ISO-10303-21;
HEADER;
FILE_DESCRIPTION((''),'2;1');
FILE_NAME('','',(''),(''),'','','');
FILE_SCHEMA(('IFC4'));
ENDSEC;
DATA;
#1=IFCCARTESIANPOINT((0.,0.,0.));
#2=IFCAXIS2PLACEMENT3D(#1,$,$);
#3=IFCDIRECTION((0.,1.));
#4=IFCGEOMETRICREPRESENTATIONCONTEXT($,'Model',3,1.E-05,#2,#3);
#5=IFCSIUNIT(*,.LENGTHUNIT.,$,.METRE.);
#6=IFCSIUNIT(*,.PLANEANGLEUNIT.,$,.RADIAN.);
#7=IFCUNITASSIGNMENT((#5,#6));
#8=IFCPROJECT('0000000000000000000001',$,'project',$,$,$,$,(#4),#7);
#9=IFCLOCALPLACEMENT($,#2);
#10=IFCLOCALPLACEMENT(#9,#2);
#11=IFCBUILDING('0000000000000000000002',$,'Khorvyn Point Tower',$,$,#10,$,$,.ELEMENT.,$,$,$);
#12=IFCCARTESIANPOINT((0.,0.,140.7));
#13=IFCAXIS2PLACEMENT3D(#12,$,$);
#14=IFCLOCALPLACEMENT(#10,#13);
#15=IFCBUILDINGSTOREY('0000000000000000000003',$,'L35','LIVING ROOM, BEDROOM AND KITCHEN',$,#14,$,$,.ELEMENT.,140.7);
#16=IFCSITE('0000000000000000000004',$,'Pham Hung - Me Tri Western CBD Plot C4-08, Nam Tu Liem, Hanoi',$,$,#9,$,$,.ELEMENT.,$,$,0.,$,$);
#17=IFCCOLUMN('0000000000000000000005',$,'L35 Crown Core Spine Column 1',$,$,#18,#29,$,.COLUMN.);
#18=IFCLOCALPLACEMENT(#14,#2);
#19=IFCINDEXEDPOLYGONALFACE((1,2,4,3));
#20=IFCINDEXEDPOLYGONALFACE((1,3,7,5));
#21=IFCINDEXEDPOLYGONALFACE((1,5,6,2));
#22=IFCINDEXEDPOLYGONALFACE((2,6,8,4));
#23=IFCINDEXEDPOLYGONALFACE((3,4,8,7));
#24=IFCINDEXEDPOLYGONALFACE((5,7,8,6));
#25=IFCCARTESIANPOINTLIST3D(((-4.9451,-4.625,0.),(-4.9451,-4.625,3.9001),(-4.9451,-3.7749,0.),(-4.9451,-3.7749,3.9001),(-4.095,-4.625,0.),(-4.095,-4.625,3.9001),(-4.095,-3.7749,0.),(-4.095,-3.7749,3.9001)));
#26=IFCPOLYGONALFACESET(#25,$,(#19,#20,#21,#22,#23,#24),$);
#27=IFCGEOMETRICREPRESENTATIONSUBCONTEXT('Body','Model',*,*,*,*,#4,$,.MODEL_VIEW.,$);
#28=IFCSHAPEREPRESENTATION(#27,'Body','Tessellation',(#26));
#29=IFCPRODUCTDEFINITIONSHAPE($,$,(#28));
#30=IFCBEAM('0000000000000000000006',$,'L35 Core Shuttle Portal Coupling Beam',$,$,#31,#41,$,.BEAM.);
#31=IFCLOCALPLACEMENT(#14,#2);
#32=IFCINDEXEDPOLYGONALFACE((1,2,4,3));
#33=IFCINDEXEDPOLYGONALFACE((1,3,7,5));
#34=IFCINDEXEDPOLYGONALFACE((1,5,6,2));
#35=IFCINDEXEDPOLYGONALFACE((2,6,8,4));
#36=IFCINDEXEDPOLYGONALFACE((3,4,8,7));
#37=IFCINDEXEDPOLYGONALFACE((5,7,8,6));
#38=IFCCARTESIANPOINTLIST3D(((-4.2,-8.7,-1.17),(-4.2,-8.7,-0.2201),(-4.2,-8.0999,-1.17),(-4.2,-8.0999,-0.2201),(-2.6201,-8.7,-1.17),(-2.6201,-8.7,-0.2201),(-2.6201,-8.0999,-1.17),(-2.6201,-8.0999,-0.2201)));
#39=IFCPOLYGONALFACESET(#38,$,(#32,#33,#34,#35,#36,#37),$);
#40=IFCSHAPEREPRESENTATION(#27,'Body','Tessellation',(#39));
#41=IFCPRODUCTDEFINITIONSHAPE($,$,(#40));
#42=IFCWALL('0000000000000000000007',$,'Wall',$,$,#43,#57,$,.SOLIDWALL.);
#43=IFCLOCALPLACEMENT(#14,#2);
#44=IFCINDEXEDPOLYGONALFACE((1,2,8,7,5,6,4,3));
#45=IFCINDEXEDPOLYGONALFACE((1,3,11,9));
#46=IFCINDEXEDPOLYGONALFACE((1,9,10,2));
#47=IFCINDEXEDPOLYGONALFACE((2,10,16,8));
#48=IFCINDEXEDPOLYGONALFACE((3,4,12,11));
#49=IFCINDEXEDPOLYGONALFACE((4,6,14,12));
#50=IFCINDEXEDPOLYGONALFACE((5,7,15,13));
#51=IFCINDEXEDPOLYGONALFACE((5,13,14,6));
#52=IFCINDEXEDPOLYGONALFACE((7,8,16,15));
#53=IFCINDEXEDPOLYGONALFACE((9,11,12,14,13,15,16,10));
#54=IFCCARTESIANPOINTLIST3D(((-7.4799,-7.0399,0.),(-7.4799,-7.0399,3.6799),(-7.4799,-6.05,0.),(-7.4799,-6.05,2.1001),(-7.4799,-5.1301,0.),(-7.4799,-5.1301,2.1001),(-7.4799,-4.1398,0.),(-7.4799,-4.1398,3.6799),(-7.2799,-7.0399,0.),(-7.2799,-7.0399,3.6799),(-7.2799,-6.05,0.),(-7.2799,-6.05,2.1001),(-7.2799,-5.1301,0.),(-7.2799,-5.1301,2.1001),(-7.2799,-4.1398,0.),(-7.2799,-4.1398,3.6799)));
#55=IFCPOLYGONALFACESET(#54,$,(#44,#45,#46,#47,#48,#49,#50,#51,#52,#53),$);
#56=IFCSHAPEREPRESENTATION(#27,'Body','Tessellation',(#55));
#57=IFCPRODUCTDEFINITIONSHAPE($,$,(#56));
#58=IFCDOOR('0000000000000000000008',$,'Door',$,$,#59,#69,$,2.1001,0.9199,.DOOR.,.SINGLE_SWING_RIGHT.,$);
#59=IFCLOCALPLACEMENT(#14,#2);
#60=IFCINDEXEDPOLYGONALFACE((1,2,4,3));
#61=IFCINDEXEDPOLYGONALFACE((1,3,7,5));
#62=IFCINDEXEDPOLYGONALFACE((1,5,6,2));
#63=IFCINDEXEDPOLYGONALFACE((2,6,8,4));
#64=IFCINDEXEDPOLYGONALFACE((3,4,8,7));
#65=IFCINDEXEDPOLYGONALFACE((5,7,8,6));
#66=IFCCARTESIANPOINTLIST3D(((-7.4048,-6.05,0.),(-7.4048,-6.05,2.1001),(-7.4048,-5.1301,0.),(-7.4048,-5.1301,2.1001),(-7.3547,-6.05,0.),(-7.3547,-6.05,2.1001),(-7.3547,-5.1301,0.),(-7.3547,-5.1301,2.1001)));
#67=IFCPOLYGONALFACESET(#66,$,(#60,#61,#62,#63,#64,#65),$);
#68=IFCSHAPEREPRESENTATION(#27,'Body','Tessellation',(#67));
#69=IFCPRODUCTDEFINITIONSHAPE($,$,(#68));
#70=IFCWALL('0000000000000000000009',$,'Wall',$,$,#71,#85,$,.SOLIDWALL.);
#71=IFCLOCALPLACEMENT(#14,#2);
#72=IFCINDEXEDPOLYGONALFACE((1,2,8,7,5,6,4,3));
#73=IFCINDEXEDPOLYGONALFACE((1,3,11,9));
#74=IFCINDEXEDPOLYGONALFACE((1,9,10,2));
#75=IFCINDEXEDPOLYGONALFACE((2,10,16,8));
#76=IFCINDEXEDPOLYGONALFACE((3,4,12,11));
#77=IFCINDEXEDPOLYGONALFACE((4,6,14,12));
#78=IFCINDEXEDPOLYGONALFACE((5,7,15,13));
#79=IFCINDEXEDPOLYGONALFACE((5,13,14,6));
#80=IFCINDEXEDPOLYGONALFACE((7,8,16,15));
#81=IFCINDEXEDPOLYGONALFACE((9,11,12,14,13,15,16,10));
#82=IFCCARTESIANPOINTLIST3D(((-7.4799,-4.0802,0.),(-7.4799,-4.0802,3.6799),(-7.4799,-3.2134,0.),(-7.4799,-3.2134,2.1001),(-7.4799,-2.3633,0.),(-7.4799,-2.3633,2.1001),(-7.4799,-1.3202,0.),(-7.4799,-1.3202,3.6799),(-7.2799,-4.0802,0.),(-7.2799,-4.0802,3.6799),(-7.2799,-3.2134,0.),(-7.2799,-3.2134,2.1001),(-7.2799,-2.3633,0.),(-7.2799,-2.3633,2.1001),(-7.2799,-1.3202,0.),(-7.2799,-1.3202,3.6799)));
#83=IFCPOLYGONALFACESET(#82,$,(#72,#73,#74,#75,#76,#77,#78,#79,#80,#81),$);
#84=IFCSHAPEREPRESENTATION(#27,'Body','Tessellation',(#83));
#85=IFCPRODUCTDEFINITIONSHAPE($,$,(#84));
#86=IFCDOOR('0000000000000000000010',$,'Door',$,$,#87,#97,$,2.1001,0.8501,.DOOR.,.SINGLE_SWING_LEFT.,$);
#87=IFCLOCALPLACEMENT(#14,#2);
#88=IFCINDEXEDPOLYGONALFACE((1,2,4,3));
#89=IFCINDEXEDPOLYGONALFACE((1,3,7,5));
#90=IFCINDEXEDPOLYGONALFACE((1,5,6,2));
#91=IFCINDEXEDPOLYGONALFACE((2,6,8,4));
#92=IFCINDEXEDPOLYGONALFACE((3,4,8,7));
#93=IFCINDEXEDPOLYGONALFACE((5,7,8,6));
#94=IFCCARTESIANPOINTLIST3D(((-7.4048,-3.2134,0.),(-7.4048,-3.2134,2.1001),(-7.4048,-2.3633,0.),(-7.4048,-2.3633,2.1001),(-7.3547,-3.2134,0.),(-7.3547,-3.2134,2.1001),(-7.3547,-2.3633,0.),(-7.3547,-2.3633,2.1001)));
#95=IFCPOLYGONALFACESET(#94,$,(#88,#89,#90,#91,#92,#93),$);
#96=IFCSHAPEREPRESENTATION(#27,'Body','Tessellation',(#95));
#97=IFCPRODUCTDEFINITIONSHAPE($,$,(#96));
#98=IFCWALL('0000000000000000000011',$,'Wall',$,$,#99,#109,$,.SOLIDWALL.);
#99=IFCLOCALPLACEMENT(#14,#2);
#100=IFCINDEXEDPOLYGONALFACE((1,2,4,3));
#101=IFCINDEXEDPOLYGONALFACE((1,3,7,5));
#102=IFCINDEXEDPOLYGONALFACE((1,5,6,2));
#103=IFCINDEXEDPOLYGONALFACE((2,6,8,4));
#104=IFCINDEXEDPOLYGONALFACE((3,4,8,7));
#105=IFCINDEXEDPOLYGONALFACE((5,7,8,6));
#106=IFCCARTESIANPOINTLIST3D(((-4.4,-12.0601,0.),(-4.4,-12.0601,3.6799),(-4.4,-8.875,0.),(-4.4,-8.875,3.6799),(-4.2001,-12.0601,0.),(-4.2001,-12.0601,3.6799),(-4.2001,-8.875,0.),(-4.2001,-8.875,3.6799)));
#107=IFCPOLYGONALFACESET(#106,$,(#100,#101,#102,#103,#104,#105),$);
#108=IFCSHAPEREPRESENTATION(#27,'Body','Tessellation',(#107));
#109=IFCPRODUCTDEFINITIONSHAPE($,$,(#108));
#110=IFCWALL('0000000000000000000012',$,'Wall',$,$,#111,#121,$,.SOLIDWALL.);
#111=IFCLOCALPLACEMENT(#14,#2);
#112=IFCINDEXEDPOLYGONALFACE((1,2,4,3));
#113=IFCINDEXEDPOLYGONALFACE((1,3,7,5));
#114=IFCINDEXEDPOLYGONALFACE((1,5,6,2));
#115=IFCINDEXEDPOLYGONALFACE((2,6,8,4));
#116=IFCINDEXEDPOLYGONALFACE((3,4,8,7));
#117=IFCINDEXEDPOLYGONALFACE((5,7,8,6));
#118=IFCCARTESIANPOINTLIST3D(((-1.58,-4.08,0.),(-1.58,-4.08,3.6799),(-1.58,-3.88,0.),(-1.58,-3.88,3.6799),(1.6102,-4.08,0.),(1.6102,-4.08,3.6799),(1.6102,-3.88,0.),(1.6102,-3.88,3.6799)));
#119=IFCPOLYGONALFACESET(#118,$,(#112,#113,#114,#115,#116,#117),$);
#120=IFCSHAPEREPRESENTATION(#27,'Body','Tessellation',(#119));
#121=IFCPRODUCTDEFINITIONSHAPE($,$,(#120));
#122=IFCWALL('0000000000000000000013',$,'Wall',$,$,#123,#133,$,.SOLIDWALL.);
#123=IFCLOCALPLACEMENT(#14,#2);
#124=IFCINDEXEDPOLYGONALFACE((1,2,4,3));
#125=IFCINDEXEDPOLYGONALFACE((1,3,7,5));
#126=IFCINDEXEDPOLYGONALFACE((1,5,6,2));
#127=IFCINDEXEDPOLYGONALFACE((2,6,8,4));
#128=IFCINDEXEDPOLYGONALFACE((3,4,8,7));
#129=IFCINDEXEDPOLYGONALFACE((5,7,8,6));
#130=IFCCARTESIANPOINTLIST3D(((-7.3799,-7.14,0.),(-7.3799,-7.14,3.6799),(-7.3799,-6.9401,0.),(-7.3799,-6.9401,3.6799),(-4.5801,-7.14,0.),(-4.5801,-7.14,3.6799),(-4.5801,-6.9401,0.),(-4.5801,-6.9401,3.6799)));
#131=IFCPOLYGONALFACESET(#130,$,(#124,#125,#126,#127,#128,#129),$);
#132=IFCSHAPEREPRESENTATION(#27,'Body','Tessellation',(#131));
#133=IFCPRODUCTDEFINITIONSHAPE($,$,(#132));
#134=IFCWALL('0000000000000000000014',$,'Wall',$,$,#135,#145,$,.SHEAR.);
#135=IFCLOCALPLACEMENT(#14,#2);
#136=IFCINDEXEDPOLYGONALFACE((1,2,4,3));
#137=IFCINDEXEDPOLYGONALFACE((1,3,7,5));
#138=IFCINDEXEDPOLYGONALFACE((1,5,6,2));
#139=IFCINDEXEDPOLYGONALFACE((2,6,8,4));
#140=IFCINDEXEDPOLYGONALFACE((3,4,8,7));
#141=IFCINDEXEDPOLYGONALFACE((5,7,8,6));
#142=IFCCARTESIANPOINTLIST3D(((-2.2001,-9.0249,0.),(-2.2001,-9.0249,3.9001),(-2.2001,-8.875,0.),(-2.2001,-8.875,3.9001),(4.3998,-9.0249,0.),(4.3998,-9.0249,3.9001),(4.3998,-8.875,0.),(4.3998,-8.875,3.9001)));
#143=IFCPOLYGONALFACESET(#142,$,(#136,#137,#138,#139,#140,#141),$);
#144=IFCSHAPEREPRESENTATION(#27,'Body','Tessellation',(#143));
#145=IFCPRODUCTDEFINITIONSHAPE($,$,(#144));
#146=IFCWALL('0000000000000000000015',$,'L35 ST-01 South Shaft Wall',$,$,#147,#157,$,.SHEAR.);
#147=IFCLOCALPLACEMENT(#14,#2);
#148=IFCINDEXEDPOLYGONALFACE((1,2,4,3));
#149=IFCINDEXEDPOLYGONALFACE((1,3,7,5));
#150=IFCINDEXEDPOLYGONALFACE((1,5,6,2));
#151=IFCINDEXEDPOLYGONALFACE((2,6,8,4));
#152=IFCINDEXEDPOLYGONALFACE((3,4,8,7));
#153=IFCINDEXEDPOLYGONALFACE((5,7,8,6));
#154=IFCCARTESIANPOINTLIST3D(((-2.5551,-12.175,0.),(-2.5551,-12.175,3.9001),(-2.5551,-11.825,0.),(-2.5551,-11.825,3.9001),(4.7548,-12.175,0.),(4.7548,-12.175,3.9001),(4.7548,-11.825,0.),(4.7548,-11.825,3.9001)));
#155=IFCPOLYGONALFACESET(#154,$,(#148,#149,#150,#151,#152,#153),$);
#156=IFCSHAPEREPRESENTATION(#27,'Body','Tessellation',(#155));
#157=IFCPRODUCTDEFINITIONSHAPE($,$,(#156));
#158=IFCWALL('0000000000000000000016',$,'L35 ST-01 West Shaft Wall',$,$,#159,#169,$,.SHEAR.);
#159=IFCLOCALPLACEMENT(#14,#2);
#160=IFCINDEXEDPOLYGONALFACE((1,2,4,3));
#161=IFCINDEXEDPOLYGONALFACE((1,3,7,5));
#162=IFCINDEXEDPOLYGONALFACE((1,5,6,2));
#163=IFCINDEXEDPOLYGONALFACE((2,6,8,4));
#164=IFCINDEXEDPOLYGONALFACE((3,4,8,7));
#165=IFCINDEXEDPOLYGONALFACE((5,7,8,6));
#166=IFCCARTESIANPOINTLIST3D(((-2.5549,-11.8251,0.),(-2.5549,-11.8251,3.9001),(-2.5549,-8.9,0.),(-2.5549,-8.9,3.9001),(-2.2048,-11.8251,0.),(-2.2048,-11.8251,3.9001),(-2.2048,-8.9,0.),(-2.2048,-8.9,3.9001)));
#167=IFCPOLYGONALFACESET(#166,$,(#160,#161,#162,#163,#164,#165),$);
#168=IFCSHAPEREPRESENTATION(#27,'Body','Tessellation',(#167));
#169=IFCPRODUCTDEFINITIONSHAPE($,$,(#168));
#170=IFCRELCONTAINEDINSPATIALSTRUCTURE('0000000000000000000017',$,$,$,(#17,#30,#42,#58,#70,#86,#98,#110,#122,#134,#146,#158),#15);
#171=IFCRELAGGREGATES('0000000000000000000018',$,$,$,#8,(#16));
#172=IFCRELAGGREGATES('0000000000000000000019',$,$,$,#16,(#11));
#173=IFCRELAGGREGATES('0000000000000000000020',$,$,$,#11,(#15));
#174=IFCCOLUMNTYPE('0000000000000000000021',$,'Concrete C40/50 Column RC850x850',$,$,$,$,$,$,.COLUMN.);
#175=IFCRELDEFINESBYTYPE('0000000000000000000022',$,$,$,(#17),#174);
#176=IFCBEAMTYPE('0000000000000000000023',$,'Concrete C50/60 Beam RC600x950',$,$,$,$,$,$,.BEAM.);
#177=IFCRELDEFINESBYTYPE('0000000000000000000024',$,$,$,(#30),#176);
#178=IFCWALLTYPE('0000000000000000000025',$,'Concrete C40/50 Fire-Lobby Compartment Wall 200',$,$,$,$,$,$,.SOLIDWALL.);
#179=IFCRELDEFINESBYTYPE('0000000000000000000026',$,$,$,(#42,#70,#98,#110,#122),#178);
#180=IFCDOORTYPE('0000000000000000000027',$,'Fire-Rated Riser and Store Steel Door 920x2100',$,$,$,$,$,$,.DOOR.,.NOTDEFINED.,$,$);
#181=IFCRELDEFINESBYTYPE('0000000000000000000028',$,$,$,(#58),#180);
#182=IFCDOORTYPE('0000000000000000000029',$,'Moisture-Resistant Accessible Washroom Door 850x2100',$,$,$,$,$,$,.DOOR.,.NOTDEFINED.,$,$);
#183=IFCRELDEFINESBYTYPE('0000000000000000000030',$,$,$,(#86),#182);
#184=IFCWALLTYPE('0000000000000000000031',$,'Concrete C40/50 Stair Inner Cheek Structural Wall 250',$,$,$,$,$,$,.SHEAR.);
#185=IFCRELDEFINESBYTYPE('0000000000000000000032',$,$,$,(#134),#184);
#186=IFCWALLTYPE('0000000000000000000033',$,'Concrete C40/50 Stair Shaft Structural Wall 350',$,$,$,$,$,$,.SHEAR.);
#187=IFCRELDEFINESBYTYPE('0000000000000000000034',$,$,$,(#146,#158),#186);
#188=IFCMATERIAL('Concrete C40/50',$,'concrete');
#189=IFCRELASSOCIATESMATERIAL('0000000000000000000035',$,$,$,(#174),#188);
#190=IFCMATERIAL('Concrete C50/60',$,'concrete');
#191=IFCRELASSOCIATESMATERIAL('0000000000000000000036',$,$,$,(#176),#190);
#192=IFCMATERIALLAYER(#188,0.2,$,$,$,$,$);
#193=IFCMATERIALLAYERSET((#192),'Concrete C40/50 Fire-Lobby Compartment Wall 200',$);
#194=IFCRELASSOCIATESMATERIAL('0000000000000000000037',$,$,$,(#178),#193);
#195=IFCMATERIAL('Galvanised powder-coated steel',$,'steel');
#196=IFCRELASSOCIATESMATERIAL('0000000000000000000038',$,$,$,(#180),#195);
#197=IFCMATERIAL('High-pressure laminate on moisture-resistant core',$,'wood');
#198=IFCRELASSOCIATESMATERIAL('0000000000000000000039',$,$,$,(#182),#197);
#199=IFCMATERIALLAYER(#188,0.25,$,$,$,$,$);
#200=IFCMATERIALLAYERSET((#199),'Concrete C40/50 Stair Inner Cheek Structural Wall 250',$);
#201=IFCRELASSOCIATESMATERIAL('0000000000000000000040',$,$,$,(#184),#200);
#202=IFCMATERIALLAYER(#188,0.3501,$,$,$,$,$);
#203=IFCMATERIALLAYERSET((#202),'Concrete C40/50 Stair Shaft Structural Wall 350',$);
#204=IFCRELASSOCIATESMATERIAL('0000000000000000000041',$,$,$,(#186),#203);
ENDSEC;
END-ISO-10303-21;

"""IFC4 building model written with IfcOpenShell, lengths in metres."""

from ifc_helpers import new_model, si_unit, direction, frame, frame_2d, origin, origin_2d, place, context, subcontext, project, spatial, rectangle, extrude, material, layer, layer_set, material_profile, profile_set, type_object, element, fill, save


model = new_model("IFC4")

# Units and contexts
model_context = context("Model", 3, precision=1e-05, world=origin(), true_north=direction((0.0, 1.0)))
body_context = subcontext(model_context, "Body", "Model", "MODEL_VIEW")
ifc_project = project(units=[si_unit("LENGTHUNIT", "METRE"), si_unit("PLANEANGLEUNIT", "RADIAN")], contexts=[model_context])

# Site, building, storey
site_placement = place(None, origin())
site = spatial("IfcSite", under=ifc_project, at=site_placement, Name="Pham Hung - Me Tri Western CBD Plot C4-08, Nam Tu Liem, Hanoi", CompositionType="ELEMENT", RefElevation=0.0)
building_placement = place(site_placement, origin())
building = spatial("IfcBuilding", under=site, at=building_placement, Name="Khorvyn Point Tower", CompositionType="ELEMENT")
storey_placement = place(building_placement, frame((0.0, 0.0, 140.7)))
storey = spatial("IfcBuildingStorey", under=building, at=storey_placement, Name="L35", Description="LIVING ROOM, BEDROOM AND KITCHEN", CompositionType="ELEMENT", Elevation=140.7)

# Column
ifc_material_1 = material(Name="Concrete C40/50", Category="concrete")
ifc_material_profile_1 = material_profile(ifc_material_1, rectangle(XDim=0.8501, YDim=0.8501, at=origin_2d()))
ifc_profile_set_1 = profile_set([ifc_material_profile_1], Name="Concrete C40/50 RC850x850")
column_type = type_object("IfcColumnType", Name="Concrete C40/50 Column RC850x850", PredefinedType="COLUMN", material=ifc_profile_set_1)
column_placement = place(storey_placement, frame((-4.52, -4.2, 0.0), z_axis=(0.0, 0.0, 1.0), x_axis=(1.0, 0.0, 0.0)))
element("IfcColumn", 1, at=column_placement, inside=storey, type_object=column_type, Name="L35 Crown Core Spine Column 1", PredefinedType="COLUMN", context=body_context, shape_type="SweptSolid", body=[
    extrude(rectangle(XDim=0.8501, YDim=0.8501, at=origin_2d()), origin(), (0.0, 0.0, 1.0), 3.9001),
])

# Beam
ifc_material_2 = material(Name="Concrete C50/60", Category="concrete")
ifc_material_profile_2 = material_profile(ifc_material_2, rectangle(XDim=0.6001, YDim=0.95, at=origin_2d()))
ifc_profile_set_2 = profile_set([ifc_material_profile_2], Name="Concrete C50/60 RC600x950")
beam_type = type_object("IfcBeamType", Name="Concrete C50/60 Beam RC600x950", PredefinedType="BEAM", material=ifc_profile_set_2)
beam_placement = place(storey_placement, frame((-4.2, -8.3999, -0.6951), z_axis=(1.0, 0.0, 0.0), x_axis=(0.0, 1.0, 0.0)))
element("IfcBeam", 2, at=beam_placement, inside=storey, type_object=beam_type, Name="L35 Core Shuttle Portal Coupling Beam", PredefinedType="BEAM", context=body_context, shape_type="SweptSolid", body=[
    extrude(rectangle(XDim=0.6001, YDim=0.95, at=origin_2d()), origin(), (0.0, 0.0, 1.0), 1.5798),
])

# Walls, openings, doors
ifc_layer_1 = layer(ifc_material_1, 0.2)
ifc_layer_set_1 = layer_set([ifc_layer_1], Name="Concrete C40/50 Fire-Lobby Compartment Wall 200")
wall_type_1 = type_object("IfcWallType", Name="Concrete C40/50 Fire-Lobby Compartment Wall 200", PredefinedType="SOLIDWALL", material=ifc_layer_set_1)
ifc_material_3 = material(Name="Galvanised powder-coated steel", Category="steel")
wall_1_placement = place(storey_placement, frame((-7.3799, -7.04, 0.0), z_axis=(0.0, 0.0, 1.0), x_axis=(0.0, 1.0, 0.0)))
wall_1 = element("IfcWall", 3, at=wall_1_placement, inside=storey, type_object=wall_type_1, Name="Wall", PredefinedType="SOLIDWALL", context=body_context, shape_type="SweptSolid", body=[
    extrude(rectangle(XDim=2.9001, YDim=0.2, at=frame_2d((1.4502, 0.0))), origin(), (0.0, 0.0, 1.0), 3.6799),
])
opening_1_placement = place(wall_1_placement, frame((0.99, 0.0, 0.0)))
opening_1 = element("IfcOpeningElement", 4, at=opening_1_placement, cuts=wall_1, PredefinedType="OPENING", context=body_context, shape_type="SweptSolid", body=[
    extrude(rectangle(XDim=0.9199, YDim=2.1001, at=frame_2d((0.46, 1.05))), frame((0.0, 0.1099, 0.0), z_axis=(0.0, -1.0, 0.0), x_axis=(1.0, 0.0, 0.0)), (0.0, 0.0, 1.0), 0.22),
])
door_type_1 = type_object("IfcDoorType", Name="Fire-Rated Riser and Store Steel Door 920x2100", OperationType="NOTDEFINED", PredefinedType="DOOR", material=ifc_material_3)
door_1_placement = place(opening_1_placement, origin())
door_1 = element("IfcDoor", 5, at=door_1_placement, inside=storey, type_object=door_type_1, Name="Door", OperationType="SINGLE_SWING_RIGHT", OverallHeight=2.1001, OverallWidth=0.9199, PredefinedType="DOOR", context=body_context, shape_type="SweptSolid", body=[
    extrude(rectangle(XDim=0.9199, YDim=2.1001, at=frame_2d((0.46, 1.05))), frame((0.0, 0.0249, 0.0), z_axis=(0.0, -1.0, 0.0), x_axis=(1.0, 0.0, 0.0)), (0.0, 0.0, 1.0), 0.05),
])
fill(opening_1, door_1)
wall_2_placement = place(storey_placement, frame((-7.3799, -4.0801, 0.0), z_axis=(0.0, 0.0, 1.0), x_axis=(0.0, 1.0, 0.0)))
wall_2 = element("IfcWall", 6, at=wall_2_placement, inside=storey, type_object=wall_type_1, Name="Wall", PredefinedType="SOLIDWALL", context=body_context, shape_type="SweptSolid", body=[
    extrude(rectangle(XDim=2.76, YDim=0.2, at=frame_2d((1.3799, 0.0))), origin(), (0.0, 0.0, 1.0), 3.6799),
])
opening_2_placement = place(wall_2_placement, frame((0.8667, 0.0, 0.0)))
opening_2 = element("IfcOpeningElement", 7, at=opening_2_placement, cuts=wall_2, PredefinedType="OPENING", context=body_context, shape_type="SweptSolid", body=[
    extrude(rectangle(XDim=0.8501, YDim=2.1001, at=frame_2d((0.425, 1.05))), frame((0.0, 0.1099, 0.0), z_axis=(0.0, -1.0, 0.0), x_axis=(1.0, 0.0, 0.0)), (0.0, 0.0, 1.0), 0.22),
])
ifc_material_4 = material(Name="High-pressure laminate on moisture-resistant core", Category="wood")
door_type_2 = type_object("IfcDoorType", Name="Moisture-Resistant Accessible Washroom Door 850x2100", OperationType="NOTDEFINED", PredefinedType="DOOR", material=ifc_material_4)
door_2_placement = place(opening_2_placement, origin())
door_2 = element("IfcDoor", 8, at=door_2_placement, inside=storey, type_object=door_type_2, Name="Door", OperationType="SINGLE_SWING_LEFT", OverallHeight=2.1001, OverallWidth=0.8501, PredefinedType="DOOR", context=body_context, shape_type="SweptSolid", body=[
    extrude(rectangle(XDim=0.8501, YDim=2.1001, at=frame_2d((0.425, 1.05))), frame((0.0, 0.0249, 0.0), z_axis=(0.0, -1.0, 0.0), x_axis=(1.0, 0.0, 0.0)), (0.0, 0.0, 1.0), 0.05),
])
fill(opening_2, door_2)

# Walls
wall_3_placement = place(storey_placement, frame((-4.3, -12.0601, 0.0), z_axis=(0.0, 0.0, 1.0), x_axis=(0.0, 1.0, 0.0)))
element("IfcWall", 9, at=wall_3_placement, inside=storey, type_object=wall_type_1, Name="Wall", PredefinedType="SOLIDWALL", context=body_context, shape_type="SweptSolid", body=[
    extrude(rectangle(XDim=3.1851, YDim=0.2, at=frame_2d((1.5925, 0.0))), origin(), (0.0, 0.0, 1.0), 3.6799),
])
wall_4_placement = place(storey_placement, frame((-1.5801, -3.98, 0.0), z_axis=(0.0, 0.0, 1.0), x_axis=(1.0, 0.0, 0.0)))
element("IfcWall", 10, at=wall_4_placement, inside=storey, type_object=wall_type_1, Name="Wall", PredefinedType="SOLIDWALL", context=body_context, shape_type="SweptSolid", body=[
    extrude(rectangle(XDim=3.1902, YDim=0.2, at=frame_2d((1.5952, 0.0))), origin(), (0.0, 0.0, 1.0), 3.6799),
])
wall_5_placement = place(storey_placement, frame((-7.3799, -7.04, 0.0), z_axis=(0.0, 0.0, 1.0), x_axis=(1.0, 0.0, 0.0)))
element("IfcWall", 11, at=wall_5_placement, inside=storey, type_object=wall_type_1, Name="Wall", PredefinedType="SOLIDWALL", context=body_context, shape_type="SweptSolid", body=[
    extrude(rectangle(XDim=2.7998, YDim=0.2, at=frame_2d((1.3999, 0.0))), origin(), (0.0, 0.0, 1.0), 3.6799),
])
ifc_layer_2 = layer(ifc_material_1, 0.25)
ifc_layer_set_2 = layer_set([ifc_layer_2], Name="Concrete C40/50 Stair Inner Cheek Structural Wall 250")
wall_type_2 = type_object("IfcWallType", Name="Concrete C40/50 Stair Inner Cheek Structural Wall 250", PredefinedType="SHEAR", material=ifc_layer_set_2)
wall_6_placement = place(storey_placement, frame((-2.2, -8.95, 0.0), z_axis=(0.0, 0.0, 1.0), x_axis=(1.0, 0.0, 0.0)))
element("IfcWall", 12, at=wall_6_placement, inside=storey, type_object=wall_type_2, Name="Wall", PredefinedType="SHEAR", context=body_context, shape_type="SweptSolid", body=[
    extrude(rectangle(XDim=6.5999, YDim=0.1499, at=frame_2d((3.2998, 0.0))), origin(), (0.0, 0.0, 1.0), 3.9001),
])
ifc_layer_3 = layer(ifc_material_1, 0.3501)
ifc_layer_set_3 = layer_set([ifc_layer_3], Name="Concrete C40/50 Stair Shaft Structural Wall 350")
wall_type_3 = type_object("IfcWallType", Name="Concrete C40/50 Stair Shaft Structural Wall 350", PredefinedType="SHEAR", material=ifc_layer_set_3)
wall_7_placement = place(storey_placement, frame((-2.5549, -12.0, 0.0), z_axis=(0.0, 0.0, 1.0), x_axis=(1.0, 0.0, 0.0)))
element("IfcWall", 13, at=wall_7_placement, inside=storey, type_object=wall_type_3, Name="L35 ST-01 South Shaft Wall", PredefinedType="SHEAR", context=body_context, shape_type="SweptSolid", body=[
    extrude(rectangle(XDim=7.3098, YDim=0.3501, at=frame_2d((3.6548, 0.0))), origin(), (0.0, 0.0, 1.0), 3.9001),
])
wall_8_placement = place(storey_placement, frame((-2.3799, -11.825, 0.0), z_axis=(0.0, 0.0, 1.0), x_axis=(0.0, 1.0, 0.0)))
element("IfcWall", 14, at=wall_8_placement, inside=storey, type_object=wall_type_3, Name="L35 ST-01 West Shaft Wall", PredefinedType="SHEAR", context=body_context, shape_type="SweptSolid", body=[
    extrude(rectangle(XDim=2.925, YDim=0.3501, at=frame_2d((1.4624, 0.0))), origin(), (0.0, 0.0, 1.0), 3.9001),
])

save(model, "model.ifc")
